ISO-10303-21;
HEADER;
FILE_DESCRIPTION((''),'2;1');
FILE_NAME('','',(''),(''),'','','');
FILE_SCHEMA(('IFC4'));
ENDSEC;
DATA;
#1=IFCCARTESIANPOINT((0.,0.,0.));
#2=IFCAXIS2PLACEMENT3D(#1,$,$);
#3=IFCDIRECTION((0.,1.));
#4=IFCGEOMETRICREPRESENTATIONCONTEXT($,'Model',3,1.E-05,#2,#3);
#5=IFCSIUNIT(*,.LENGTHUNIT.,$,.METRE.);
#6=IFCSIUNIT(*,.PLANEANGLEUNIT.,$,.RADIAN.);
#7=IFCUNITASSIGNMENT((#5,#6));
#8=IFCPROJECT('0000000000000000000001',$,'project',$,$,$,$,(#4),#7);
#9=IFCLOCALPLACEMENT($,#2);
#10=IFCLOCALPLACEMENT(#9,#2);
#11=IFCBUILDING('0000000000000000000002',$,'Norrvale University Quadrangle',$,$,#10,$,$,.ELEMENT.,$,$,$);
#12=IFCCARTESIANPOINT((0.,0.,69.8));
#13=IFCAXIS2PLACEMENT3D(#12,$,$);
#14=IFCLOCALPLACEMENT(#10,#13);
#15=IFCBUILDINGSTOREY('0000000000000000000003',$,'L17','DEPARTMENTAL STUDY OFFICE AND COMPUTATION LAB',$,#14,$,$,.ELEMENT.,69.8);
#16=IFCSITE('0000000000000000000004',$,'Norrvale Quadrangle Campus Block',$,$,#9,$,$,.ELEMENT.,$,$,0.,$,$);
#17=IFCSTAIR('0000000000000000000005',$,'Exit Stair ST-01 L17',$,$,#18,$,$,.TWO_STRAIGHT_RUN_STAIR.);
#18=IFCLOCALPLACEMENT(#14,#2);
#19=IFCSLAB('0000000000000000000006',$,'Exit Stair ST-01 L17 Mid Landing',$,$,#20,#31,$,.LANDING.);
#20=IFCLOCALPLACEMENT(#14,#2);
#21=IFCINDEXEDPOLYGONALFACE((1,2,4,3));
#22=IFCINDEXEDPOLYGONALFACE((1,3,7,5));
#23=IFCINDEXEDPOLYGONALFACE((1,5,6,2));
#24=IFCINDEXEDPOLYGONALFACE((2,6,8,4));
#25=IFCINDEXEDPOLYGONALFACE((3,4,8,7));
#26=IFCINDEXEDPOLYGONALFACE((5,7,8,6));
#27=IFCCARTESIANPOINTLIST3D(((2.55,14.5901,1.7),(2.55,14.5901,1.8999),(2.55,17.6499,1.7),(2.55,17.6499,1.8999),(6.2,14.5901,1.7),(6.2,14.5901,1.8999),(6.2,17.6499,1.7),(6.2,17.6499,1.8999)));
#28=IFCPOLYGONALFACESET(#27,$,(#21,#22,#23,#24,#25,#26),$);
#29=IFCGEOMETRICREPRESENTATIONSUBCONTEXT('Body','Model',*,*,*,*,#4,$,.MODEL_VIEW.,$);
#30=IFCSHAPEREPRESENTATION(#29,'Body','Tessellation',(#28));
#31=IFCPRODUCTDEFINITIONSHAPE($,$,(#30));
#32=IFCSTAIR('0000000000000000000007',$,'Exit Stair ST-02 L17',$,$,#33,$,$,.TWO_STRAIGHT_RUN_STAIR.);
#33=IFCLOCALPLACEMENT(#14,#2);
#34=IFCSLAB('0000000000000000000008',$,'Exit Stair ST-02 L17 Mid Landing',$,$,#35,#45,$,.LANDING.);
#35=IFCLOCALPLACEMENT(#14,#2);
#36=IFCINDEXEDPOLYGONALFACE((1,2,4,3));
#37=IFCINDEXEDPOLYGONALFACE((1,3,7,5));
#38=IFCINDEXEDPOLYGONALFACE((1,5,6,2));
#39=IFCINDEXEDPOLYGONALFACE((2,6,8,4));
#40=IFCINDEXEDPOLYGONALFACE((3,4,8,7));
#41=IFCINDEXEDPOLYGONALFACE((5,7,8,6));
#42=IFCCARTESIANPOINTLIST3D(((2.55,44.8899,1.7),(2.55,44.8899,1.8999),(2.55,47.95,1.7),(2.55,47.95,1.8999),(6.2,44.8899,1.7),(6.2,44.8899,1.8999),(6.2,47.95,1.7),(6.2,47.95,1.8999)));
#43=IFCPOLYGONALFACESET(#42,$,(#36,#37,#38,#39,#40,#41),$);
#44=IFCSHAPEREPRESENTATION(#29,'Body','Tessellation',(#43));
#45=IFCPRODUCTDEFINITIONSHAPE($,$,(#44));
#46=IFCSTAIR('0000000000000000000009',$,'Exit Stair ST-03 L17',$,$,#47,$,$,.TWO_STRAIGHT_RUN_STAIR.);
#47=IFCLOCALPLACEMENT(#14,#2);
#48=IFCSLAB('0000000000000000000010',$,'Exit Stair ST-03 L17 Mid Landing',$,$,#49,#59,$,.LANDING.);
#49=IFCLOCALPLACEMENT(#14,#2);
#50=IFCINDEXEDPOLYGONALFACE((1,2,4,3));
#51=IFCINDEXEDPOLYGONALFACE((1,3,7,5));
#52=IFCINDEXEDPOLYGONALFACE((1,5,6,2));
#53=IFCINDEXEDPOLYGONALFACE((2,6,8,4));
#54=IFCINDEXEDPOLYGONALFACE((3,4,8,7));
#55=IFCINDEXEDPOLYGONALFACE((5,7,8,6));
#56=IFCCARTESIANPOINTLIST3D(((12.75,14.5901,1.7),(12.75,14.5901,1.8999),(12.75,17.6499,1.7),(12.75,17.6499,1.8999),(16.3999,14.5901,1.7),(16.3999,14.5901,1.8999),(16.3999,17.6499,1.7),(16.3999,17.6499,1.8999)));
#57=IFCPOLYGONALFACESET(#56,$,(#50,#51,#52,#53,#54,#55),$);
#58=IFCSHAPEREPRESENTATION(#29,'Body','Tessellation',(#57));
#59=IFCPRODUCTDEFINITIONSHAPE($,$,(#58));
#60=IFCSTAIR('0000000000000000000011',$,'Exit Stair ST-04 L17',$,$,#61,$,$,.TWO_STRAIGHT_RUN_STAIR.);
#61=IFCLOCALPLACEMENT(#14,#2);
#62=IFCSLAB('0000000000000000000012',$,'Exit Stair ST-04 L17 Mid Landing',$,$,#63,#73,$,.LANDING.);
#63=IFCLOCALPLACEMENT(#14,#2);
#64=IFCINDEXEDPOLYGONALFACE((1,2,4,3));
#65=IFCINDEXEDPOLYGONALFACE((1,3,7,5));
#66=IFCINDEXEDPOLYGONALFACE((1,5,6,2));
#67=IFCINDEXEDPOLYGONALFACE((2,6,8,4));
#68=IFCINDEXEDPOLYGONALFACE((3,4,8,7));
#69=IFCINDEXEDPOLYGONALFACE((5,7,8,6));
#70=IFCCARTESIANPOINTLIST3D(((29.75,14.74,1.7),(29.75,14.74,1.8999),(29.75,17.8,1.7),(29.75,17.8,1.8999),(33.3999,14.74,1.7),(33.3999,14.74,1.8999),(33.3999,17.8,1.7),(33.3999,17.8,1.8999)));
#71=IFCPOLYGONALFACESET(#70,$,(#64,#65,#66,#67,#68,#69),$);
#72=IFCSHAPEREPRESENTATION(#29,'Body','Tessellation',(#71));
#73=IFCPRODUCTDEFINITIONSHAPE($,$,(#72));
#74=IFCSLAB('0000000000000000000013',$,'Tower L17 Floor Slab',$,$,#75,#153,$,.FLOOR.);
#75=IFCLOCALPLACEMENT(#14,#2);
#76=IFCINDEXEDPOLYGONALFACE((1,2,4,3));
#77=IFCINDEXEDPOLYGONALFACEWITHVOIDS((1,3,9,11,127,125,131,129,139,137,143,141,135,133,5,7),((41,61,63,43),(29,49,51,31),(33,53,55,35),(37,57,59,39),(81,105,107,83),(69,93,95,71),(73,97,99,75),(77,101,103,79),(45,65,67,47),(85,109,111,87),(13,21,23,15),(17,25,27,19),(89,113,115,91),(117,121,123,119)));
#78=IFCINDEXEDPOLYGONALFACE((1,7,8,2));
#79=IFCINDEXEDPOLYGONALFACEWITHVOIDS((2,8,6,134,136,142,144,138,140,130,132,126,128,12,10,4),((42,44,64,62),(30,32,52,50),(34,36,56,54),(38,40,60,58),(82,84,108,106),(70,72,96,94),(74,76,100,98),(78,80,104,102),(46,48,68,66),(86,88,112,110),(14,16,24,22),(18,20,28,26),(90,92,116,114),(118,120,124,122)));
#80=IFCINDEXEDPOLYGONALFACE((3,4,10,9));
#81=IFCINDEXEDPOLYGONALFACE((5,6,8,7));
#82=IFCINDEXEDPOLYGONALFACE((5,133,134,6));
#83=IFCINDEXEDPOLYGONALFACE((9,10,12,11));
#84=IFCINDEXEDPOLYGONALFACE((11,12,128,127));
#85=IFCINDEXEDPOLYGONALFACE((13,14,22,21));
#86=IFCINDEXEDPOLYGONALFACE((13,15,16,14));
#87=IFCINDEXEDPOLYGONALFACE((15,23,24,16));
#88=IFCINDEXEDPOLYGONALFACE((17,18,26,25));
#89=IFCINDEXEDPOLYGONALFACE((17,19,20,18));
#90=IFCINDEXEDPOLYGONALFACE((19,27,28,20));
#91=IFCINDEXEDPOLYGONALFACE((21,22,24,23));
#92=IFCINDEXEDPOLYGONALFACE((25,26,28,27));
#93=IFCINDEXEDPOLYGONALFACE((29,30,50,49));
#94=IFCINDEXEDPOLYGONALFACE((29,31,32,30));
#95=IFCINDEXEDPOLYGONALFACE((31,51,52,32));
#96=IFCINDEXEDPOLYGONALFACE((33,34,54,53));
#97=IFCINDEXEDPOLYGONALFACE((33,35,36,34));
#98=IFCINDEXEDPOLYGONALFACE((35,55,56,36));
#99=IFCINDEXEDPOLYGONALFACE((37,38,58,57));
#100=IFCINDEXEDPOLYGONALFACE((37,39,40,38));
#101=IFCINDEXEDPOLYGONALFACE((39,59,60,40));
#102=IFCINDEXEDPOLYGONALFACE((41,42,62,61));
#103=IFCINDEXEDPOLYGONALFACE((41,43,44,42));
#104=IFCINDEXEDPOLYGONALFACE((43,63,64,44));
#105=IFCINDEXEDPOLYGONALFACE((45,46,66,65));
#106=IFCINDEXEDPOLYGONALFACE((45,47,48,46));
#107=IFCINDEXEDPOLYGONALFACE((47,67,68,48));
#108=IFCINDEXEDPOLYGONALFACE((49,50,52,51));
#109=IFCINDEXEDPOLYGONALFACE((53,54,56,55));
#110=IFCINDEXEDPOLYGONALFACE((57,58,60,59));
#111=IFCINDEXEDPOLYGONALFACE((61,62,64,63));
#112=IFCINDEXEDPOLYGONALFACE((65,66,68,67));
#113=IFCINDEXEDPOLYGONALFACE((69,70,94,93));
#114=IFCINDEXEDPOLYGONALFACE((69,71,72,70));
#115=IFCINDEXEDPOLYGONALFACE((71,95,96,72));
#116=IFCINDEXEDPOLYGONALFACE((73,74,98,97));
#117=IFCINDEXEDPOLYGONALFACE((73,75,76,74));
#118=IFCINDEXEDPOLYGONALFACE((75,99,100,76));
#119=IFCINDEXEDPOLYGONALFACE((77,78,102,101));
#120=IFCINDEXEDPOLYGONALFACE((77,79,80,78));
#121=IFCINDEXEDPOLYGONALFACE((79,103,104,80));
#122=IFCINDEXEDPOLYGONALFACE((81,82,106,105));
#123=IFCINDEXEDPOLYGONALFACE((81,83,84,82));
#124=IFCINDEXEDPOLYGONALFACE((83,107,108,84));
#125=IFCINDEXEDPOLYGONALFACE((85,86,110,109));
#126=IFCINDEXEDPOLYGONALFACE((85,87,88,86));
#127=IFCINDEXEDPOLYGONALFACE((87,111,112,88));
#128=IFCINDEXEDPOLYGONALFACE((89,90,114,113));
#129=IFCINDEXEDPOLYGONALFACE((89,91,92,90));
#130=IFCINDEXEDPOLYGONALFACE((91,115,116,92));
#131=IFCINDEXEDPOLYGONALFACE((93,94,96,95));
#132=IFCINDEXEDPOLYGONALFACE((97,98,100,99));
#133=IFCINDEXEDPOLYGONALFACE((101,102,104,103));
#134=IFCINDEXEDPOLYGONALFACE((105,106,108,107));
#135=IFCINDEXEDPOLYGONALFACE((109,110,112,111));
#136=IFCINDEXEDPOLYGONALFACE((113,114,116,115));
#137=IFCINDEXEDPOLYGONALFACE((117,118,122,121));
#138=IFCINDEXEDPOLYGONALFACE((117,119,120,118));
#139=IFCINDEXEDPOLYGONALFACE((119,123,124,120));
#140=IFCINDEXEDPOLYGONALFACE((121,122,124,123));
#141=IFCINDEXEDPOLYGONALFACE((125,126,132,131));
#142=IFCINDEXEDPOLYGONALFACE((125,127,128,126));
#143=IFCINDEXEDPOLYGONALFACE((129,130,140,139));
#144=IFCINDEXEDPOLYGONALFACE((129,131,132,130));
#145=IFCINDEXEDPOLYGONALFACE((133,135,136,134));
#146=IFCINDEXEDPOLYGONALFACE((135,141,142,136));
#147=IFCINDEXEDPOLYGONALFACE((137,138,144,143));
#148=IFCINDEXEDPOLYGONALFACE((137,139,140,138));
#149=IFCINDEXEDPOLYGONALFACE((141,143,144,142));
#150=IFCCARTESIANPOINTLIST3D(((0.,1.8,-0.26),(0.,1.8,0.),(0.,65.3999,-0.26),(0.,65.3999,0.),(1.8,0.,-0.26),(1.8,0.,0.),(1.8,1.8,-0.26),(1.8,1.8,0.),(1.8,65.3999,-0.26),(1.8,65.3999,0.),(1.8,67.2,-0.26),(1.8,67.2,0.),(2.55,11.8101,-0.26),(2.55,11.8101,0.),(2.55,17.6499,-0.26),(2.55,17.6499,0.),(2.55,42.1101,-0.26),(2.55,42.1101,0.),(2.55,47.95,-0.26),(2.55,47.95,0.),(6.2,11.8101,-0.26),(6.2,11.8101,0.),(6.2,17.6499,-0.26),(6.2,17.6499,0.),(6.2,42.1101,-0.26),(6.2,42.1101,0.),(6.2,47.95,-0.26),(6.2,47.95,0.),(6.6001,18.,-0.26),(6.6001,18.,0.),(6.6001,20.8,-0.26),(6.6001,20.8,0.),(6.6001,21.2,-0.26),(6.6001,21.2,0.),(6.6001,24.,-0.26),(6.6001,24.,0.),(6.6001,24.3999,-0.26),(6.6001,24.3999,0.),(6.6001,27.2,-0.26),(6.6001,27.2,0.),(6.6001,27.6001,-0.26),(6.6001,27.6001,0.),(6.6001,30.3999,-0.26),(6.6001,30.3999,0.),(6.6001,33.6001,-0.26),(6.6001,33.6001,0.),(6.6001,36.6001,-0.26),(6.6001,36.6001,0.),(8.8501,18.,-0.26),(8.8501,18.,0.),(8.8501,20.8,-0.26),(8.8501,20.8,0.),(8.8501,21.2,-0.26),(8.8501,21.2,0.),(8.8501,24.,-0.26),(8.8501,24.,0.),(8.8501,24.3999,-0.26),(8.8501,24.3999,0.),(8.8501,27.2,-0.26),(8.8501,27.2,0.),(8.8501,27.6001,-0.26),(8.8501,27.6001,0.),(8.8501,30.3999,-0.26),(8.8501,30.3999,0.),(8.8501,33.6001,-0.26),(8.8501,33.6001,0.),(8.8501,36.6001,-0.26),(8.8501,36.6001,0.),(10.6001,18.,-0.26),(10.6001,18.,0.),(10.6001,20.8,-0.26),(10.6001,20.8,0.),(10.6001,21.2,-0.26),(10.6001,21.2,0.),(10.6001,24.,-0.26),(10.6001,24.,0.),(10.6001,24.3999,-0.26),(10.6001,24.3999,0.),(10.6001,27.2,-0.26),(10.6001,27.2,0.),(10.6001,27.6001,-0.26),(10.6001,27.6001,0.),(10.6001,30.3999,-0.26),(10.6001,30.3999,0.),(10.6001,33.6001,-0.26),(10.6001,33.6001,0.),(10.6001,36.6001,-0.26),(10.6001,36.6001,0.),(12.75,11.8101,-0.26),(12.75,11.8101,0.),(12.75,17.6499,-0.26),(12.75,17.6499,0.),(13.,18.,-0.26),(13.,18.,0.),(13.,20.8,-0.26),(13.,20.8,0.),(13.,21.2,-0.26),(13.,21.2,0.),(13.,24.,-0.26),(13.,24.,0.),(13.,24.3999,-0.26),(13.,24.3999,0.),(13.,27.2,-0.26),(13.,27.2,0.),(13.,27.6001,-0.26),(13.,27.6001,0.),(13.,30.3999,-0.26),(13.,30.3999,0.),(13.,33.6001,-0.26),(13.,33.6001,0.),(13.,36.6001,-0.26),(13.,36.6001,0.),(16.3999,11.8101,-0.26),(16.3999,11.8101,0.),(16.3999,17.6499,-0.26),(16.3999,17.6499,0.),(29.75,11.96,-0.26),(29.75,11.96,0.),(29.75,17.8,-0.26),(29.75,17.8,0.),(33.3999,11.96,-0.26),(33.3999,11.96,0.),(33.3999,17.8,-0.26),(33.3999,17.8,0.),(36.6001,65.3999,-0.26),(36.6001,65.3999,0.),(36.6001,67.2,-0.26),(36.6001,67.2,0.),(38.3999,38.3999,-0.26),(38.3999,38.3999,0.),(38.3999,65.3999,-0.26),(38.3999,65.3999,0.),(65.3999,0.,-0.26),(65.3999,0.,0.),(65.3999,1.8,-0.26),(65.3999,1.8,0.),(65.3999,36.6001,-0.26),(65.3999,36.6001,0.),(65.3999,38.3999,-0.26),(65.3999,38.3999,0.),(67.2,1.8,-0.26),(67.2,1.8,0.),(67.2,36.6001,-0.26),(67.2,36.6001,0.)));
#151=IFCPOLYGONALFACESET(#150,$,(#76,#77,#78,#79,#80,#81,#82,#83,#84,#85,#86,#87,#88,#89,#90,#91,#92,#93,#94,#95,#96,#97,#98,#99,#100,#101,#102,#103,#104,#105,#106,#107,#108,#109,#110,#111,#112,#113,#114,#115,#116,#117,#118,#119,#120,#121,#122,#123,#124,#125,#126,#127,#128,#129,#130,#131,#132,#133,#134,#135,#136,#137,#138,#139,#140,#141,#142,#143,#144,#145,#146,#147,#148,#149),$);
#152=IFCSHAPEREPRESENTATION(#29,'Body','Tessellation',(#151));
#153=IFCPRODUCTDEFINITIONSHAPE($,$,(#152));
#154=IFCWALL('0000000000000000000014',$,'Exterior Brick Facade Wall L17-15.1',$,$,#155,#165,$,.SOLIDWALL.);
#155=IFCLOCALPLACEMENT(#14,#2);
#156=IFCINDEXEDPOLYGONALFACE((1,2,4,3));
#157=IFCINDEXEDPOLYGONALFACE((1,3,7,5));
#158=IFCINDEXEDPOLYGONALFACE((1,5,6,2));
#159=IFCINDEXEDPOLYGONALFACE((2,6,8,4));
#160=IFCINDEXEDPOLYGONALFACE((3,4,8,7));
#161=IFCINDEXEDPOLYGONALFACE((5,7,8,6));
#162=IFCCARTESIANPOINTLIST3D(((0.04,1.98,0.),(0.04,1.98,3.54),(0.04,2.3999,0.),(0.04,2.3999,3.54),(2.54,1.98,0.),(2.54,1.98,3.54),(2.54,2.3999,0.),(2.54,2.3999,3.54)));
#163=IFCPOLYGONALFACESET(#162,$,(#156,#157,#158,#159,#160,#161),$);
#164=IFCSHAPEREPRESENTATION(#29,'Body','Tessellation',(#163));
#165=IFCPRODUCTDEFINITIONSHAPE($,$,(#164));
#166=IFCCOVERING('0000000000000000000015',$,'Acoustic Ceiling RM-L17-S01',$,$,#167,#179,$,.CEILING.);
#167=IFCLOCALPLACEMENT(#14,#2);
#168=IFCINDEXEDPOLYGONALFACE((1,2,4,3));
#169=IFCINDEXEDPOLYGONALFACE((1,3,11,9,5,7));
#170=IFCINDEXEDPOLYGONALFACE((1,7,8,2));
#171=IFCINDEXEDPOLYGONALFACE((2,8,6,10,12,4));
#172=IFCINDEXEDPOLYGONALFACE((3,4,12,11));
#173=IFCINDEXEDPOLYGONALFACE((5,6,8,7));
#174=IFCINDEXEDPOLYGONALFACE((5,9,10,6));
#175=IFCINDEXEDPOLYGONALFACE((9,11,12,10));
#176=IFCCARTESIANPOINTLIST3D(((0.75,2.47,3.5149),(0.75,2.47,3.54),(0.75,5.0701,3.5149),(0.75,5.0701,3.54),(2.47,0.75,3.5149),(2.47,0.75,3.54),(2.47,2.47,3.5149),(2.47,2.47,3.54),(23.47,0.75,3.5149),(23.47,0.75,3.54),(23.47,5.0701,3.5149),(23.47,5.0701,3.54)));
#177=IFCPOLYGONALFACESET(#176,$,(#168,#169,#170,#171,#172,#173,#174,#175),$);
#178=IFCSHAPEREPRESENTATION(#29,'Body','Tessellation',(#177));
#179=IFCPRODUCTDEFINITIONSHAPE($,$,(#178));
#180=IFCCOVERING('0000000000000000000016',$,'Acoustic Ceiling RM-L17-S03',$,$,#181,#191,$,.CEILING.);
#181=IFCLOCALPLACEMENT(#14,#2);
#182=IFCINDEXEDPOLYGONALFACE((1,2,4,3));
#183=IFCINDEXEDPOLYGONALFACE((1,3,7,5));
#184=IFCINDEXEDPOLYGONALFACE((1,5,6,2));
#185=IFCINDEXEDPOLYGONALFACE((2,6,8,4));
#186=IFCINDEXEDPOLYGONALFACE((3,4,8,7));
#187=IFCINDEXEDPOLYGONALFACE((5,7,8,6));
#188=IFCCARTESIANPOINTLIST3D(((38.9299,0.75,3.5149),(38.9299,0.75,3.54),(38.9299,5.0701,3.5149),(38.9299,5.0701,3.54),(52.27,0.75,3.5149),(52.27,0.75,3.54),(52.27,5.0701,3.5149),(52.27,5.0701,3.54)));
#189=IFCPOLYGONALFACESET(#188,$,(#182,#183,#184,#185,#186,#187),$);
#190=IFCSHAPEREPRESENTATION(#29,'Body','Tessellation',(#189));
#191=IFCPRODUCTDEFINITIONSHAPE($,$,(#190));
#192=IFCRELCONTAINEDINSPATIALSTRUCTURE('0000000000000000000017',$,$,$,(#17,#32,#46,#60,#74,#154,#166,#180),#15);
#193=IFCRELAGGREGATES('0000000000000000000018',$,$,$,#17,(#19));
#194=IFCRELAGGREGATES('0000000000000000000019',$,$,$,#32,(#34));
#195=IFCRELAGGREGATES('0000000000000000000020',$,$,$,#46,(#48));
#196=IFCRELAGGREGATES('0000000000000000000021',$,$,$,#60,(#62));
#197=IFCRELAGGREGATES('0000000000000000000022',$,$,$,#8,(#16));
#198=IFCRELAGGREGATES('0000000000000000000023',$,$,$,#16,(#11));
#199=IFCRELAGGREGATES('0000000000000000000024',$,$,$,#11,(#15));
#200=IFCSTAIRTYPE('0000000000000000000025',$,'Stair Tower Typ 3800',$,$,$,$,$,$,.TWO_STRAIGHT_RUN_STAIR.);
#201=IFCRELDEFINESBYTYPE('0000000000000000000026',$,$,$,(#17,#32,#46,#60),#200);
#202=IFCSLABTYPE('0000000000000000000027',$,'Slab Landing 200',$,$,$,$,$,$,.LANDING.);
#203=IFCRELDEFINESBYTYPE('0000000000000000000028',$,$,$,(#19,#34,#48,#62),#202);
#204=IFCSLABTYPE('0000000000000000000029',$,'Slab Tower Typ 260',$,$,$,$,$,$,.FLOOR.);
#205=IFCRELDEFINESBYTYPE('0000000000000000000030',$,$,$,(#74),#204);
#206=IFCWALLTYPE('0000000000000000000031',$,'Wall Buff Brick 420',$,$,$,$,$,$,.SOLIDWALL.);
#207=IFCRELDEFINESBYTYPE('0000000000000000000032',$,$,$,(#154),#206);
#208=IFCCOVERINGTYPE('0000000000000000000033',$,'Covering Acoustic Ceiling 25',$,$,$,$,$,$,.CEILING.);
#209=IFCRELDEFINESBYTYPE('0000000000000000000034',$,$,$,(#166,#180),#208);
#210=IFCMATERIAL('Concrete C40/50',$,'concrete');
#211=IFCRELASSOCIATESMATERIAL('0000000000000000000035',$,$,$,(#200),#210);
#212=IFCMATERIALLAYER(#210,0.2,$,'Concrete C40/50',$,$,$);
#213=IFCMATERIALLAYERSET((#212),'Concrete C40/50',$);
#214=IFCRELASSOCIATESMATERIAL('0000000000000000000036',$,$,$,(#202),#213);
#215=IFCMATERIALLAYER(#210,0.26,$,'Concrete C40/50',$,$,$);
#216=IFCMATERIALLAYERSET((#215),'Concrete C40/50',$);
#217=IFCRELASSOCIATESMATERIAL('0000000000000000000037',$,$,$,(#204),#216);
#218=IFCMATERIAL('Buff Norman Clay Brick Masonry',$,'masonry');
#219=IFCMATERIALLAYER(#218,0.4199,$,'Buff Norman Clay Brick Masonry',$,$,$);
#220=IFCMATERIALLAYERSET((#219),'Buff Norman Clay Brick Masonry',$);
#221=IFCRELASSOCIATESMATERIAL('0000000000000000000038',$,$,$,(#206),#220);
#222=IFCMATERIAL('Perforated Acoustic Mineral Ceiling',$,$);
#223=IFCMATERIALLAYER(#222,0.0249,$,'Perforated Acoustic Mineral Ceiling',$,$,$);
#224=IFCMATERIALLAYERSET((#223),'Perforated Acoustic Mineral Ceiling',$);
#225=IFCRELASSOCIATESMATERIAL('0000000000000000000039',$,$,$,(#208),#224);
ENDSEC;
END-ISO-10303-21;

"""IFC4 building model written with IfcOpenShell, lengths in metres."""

from ifc_helpers import new_model, si_unit, direction, frame, frame_2d, origin, place, context, subcontext, project, spatial, polyline, rectangle, outline, extrude, material, layer, layer_set, type_object, element, aggregate, save


model = new_model("IFC4")

# Units and contexts
model_context = context("Model", 3, precision=1e-05, world=origin(), true_north=direction((0.0, 1.0)))
body_context = subcontext(model_context, "Body", "Model", "MODEL_VIEW")
ifc_project = project(units=[si_unit("LENGTHUNIT", "METRE"), si_unit("PLANEANGLEUNIT", "RADIAN")], contexts=[model_context])

# Site, building, storey
site_placement = place(None, origin())
site = spatial("IfcSite", under=ifc_project, at=site_placement, Name="Norrvale Quadrangle Campus Block", CompositionType="ELEMENT", RefElevation=0.0)
building_placement = place(site_placement, origin())
building = spatial("IfcBuilding", under=site, at=building_placement, Name="Norrvale University Quadrangle", CompositionType="ELEMENT")
storey_placement = place(building_placement, frame((0.0, 0.0, 69.8)))
storey = spatial("IfcBuildingStorey", under=building, at=storey_placement, Name="L17", Description="DEPARTMENTAL STUDY OFFICE AND COMPUTATION LAB", CompositionType="ELEMENT", Elevation=69.8)

# Stairs, slabs
ifc_material_1 = material(Name="Concrete C40/50", Category="concrete")
stair_type = type_object("IfcStairType", Name="Stair Tower Typ 3800", PredefinedType="TWO_STRAIGHT_RUN_STAIR", material=ifc_material_1)
stair_1_placement = place(storey_placement, origin())
stair_1 = element("IfcStair", 1, at=stair_1_placement, inside=storey, type_object=stair_type, Name="Exit Stair ST-01 L17", PredefinedType="TWO_STRAIGHT_RUN_STAIR")
ifc_layer_1 = layer(ifc_material_1, 0.2, Name="Concrete C40/50")
ifc_layer_set_1 = layer_set([ifc_layer_1], Name="Concrete C40/50")
slab_type_1 = type_object("IfcSlabType", Name="Slab Landing 200", PredefinedType="LANDING", material=ifc_layer_set_1)
slab_1_placement = place(storey_placement, frame((0.0, 0.0, 1.7)))
slab_1 = element("IfcSlab", 2, at=slab_1_placement, type_object=slab_type_1, Name="Exit Stair ST-01 L17 Mid Landing", PredefinedType="LANDING", context=body_context, shape_type="SweptSolid", body=[
    extrude(outline(polyline([(2.55, 14.5901), (6.2, 14.5901), (6.2, 17.6499), (2.55, 17.6499), (2.55, 14.5901)])), origin(), (0.0, 0.0, 1.0), 0.2),
])
aggregate(stair_1, [slab_1])
stair_2_placement = place(storey_placement, origin())
stair_2 = element("IfcStair", 3, at=stair_2_placement, inside=storey, type_object=stair_type, Name="Exit Stair ST-02 L17", PredefinedType="TWO_STRAIGHT_RUN_STAIR")
slab_2_placement = place(storey_placement, frame((0.0, 0.0, 1.7)))
slab_2 = element("IfcSlab", 4, at=slab_2_placement, type_object=slab_type_1, Name="Exit Stair ST-02 L17 Mid Landing", PredefinedType="LANDING", context=body_context, shape_type="SweptSolid", body=[
    extrude(outline(polyline([(2.55, 44.8899), (6.2, 44.8899), (6.2, 47.95), (2.55, 47.95), (2.55, 44.8899)])), origin(), (0.0, 0.0, 1.0), 0.2),
])
aggregate(stair_2, [slab_2])
stair_3_placement = place(storey_placement, origin())
stair_3 = element("IfcStair", 5, at=stair_3_placement, inside=storey, type_object=stair_type, Name="Exit Stair ST-03 L17", PredefinedType="TWO_STRAIGHT_RUN_STAIR")
slab_3_placement = place(storey_placement, frame((0.0, 0.0, 1.7)))
slab_3 = element("IfcSlab", 6, at=slab_3_placement, type_object=slab_type_1, Name="Exit Stair ST-03 L17 Mid Landing", PredefinedType="LANDING", context=body_context, shape_type="SweptSolid", body=[
    extrude(outline(polyline([(12.75, 14.5901), (16.3999, 14.5901), (16.3999, 17.6499), (12.75, 17.6499), (12.75, 14.5901)])), origin(), (0.0, 0.0, 1.0), 0.2),
])
aggregate(stair_3, [slab_3])
stair_4_placement = place(storey_placement, origin())
stair_4 = element("IfcStair", 7, at=stair_4_placement, inside=storey, type_object=stair_type, Name="Exit Stair ST-04 L17", PredefinedType="TWO_STRAIGHT_RUN_STAIR")
slab_4_placement = place(storey_placement, frame((0.0, 0.0, 1.7)))
slab_4 = element("IfcSlab", 8, at=slab_4_placement, type_object=slab_type_1, Name="Exit Stair ST-04 L17 Mid Landing", PredefinedType="LANDING", context=body_context, shape_type="SweptSolid", body=[
    extrude(outline(polyline([(29.75, 14.74), (33.3999, 14.74), (33.3999, 17.8), (29.75, 17.8), (29.75, 14.74)])), origin(), (0.0, 0.0, 1.0), 0.2),
])
aggregate(stair_4, [slab_4])

# Slab
ifc_layer_2 = layer(ifc_material_1, 0.26, Name="Concrete C40/50")
ifc_layer_set_2 = layer_set([ifc_layer_2], Name="Concrete C40/50")
slab_type_2 = type_object("IfcSlabType", Name="Slab Tower Typ 260", PredefinedType="FLOOR", material=ifc_layer_set_2)
slab_5_placement = place(storey_placement, frame((0.0, 0.0, -0.26)))
element("IfcSlab", 9, at=slab_5_placement, inside=storey, type_object=slab_type_2, Name="Tower L17 Floor Slab", PredefinedType="FLOOR", context=body_context, shape_type="SweptSolid", body=[
    extrude(outline(polyline([(1.8, 0.0), (65.3999, 0.0), (65.3999, 1.8), (67.2, 1.8), (67.2, 36.6001), (65.3999, 36.6001), (65.3999, 38.3999), (38.3999, 38.3999), (38.3999, 65.3999), (36.6001, 65.3999), (36.6001, 67.2), (1.8, 67.2), (1.8, 65.3999), (0.0, 65.3999), (0.0, 1.8), (1.8, 1.8), (1.8, 0.0)]), holes=[polyline([(2.55, 11.8101), (6.2, 11.8101), (6.2, 17.6499), (2.55, 17.6499), (2.55, 11.8101)]), polyline([(2.55, 42.1101), (6.2, 42.1101), (6.2, 47.95), (2.55, 47.95), (2.55, 42.1101)]), polyline([(12.75, 11.8101), (16.3999, 11.8101), (16.3999, 17.6499), (12.75, 17.6499), (12.75, 11.8101)]), polyline([(29.75, 11.96), (33.3999, 11.96), (33.3999, 17.8), (29.75, 17.8), (29.75, 11.96)]), polyline([(6.6001, 18.0), (8.8501, 18.0), (8.8501, 20.8), (6.6001, 20.8), (6.6001, 18.0)]), polyline([(6.6001, 21.2), (8.8501, 21.2), (8.8501, 24.0), (6.6001, 24.0), (6.6001, 21.2)]), polyline([(6.6001, 24.3999), (8.8501, 24.3999), (8.8501, 27.2), (6.6001, 27.2), (6.6001, 24.3999)]), polyline([(6.6001, 27.6001), (8.8501, 27.6001), (8.8501, 30.3999), (6.6001, 30.3999), (6.6001, 27.6001)]), polyline([(10.6001, 18.0), (13.0, 18.0), (13.0, 20.8), (10.6001, 20.8), (10.6001, 18.0)]), polyline([(10.6001, 21.2), (13.0, 21.2), (13.0, 24.0), (10.6001, 24.0), (10.6001, 21.2)]), polyline([(10.6001, 24.3999), (13.0, 24.3999), (13.0, 27.2), (10.6001, 27.2), (10.6001, 24.3999)]), polyline([(10.6001, 27.6001), (13.0, 27.6001), (13.0, 30.3999), (10.6001, 30.3999), (10.6001, 27.6001)]), polyline([(6.6001, 33.6001), (8.8501, 33.6001), (8.8501, 36.6001), (6.6001, 36.6001), (6.6001, 33.6001)]), polyline([(10.6001, 33.6001), (13.0, 33.6001), (13.0, 36.6001), (10.6001, 36.6001), (10.6001, 33.6001)])]), origin(), (0.0, 0.0, 1.0), 0.26),
])

# Wall
ifc_material_2 = material(Name="Buff Norman Clay Brick Masonry", Category="masonry")
ifc_layer_3 = layer(ifc_material_2, 0.4199, Name="Buff Norman Clay Brick Masonry")
ifc_layer_set_3 = layer_set([ifc_layer_3], Name="Buff Norman Clay Brick Masonry")
wall_type = type_object("IfcWallType", Name="Wall Buff Brick 420", PredefinedType="SOLIDWALL", material=ifc_layer_set_3)
wall_placement = place(storey_placement, frame((0.04, 2.1899, 0.0), z_axis=(0.0, 0.0, 1.0), x_axis=(1.0, 0.0, 0.0)))
element("IfcWall", 10, at=wall_placement, inside=storey, type_object=wall_type, Name="Exterior Brick Facade Wall L17-15.1", PredefinedType="SOLIDWALL", context=body_context, shape_type="SweptSolid", body=[
    extrude(rectangle(XDim=2.5, YDim=0.4199, at=frame_2d((1.25, 0.0))), origin(), (0.0, 0.0, 1.0), 3.54),
])

# Coverings
ifc_material_3 = material(Name="Perforated Acoustic Mineral Ceiling")
ifc_layer_4 = layer(ifc_material_3, 0.0249, Name="Perforated Acoustic Mineral Ceiling")
ifc_layer_set_4 = layer_set([ifc_layer_4], Name="Perforated Acoustic Mineral Ceiling")
covering_type_1 = type_object("IfcCoveringType", Name="Covering Acoustic Ceiling 25", PredefinedType="CEILING", material=ifc_layer_set_4)
covering_1_placement = place(storey_placement, frame((0.0, 0.0, 3.5149)))
element("IfcCovering", 11, at=covering_1_placement, inside=storey, type_object=covering_type_1, Name="Acoustic Ceiling RM-L17-S01", PredefinedType="CEILING", context=body_context, shape_type="SweptSolid", body=[
    extrude(outline(polyline([(0.75, 5.0701), (23.47, 5.0701), (23.47, 0.75), (2.47, 0.75), (2.47, 2.47), (0.75, 2.47), (0.75, 5.0701)])), origin(), (0.0, 0.0, 1.0), 0.0251),
])
covering_2_placement = place(storey_placement, frame((0.0, 0.0, 3.5149)))
element("IfcCovering", 12, at=covering_2_placement, inside=storey, type_object=covering_type_1, Name="Acoustic Ceiling RM-L17-S03", PredefinedType="CEILING", context=body_context, shape_type="SweptSolid", body=[
    extrude(outline(polyline([(38.9299, 5.0701), (52.27, 5.0701), (52.27, 0.75), (38.9299, 0.75), (38.9299, 5.0701)])), origin(), (0.0, 0.0, 1.0), 0.0251),
])

save(model, "model.ifc")
